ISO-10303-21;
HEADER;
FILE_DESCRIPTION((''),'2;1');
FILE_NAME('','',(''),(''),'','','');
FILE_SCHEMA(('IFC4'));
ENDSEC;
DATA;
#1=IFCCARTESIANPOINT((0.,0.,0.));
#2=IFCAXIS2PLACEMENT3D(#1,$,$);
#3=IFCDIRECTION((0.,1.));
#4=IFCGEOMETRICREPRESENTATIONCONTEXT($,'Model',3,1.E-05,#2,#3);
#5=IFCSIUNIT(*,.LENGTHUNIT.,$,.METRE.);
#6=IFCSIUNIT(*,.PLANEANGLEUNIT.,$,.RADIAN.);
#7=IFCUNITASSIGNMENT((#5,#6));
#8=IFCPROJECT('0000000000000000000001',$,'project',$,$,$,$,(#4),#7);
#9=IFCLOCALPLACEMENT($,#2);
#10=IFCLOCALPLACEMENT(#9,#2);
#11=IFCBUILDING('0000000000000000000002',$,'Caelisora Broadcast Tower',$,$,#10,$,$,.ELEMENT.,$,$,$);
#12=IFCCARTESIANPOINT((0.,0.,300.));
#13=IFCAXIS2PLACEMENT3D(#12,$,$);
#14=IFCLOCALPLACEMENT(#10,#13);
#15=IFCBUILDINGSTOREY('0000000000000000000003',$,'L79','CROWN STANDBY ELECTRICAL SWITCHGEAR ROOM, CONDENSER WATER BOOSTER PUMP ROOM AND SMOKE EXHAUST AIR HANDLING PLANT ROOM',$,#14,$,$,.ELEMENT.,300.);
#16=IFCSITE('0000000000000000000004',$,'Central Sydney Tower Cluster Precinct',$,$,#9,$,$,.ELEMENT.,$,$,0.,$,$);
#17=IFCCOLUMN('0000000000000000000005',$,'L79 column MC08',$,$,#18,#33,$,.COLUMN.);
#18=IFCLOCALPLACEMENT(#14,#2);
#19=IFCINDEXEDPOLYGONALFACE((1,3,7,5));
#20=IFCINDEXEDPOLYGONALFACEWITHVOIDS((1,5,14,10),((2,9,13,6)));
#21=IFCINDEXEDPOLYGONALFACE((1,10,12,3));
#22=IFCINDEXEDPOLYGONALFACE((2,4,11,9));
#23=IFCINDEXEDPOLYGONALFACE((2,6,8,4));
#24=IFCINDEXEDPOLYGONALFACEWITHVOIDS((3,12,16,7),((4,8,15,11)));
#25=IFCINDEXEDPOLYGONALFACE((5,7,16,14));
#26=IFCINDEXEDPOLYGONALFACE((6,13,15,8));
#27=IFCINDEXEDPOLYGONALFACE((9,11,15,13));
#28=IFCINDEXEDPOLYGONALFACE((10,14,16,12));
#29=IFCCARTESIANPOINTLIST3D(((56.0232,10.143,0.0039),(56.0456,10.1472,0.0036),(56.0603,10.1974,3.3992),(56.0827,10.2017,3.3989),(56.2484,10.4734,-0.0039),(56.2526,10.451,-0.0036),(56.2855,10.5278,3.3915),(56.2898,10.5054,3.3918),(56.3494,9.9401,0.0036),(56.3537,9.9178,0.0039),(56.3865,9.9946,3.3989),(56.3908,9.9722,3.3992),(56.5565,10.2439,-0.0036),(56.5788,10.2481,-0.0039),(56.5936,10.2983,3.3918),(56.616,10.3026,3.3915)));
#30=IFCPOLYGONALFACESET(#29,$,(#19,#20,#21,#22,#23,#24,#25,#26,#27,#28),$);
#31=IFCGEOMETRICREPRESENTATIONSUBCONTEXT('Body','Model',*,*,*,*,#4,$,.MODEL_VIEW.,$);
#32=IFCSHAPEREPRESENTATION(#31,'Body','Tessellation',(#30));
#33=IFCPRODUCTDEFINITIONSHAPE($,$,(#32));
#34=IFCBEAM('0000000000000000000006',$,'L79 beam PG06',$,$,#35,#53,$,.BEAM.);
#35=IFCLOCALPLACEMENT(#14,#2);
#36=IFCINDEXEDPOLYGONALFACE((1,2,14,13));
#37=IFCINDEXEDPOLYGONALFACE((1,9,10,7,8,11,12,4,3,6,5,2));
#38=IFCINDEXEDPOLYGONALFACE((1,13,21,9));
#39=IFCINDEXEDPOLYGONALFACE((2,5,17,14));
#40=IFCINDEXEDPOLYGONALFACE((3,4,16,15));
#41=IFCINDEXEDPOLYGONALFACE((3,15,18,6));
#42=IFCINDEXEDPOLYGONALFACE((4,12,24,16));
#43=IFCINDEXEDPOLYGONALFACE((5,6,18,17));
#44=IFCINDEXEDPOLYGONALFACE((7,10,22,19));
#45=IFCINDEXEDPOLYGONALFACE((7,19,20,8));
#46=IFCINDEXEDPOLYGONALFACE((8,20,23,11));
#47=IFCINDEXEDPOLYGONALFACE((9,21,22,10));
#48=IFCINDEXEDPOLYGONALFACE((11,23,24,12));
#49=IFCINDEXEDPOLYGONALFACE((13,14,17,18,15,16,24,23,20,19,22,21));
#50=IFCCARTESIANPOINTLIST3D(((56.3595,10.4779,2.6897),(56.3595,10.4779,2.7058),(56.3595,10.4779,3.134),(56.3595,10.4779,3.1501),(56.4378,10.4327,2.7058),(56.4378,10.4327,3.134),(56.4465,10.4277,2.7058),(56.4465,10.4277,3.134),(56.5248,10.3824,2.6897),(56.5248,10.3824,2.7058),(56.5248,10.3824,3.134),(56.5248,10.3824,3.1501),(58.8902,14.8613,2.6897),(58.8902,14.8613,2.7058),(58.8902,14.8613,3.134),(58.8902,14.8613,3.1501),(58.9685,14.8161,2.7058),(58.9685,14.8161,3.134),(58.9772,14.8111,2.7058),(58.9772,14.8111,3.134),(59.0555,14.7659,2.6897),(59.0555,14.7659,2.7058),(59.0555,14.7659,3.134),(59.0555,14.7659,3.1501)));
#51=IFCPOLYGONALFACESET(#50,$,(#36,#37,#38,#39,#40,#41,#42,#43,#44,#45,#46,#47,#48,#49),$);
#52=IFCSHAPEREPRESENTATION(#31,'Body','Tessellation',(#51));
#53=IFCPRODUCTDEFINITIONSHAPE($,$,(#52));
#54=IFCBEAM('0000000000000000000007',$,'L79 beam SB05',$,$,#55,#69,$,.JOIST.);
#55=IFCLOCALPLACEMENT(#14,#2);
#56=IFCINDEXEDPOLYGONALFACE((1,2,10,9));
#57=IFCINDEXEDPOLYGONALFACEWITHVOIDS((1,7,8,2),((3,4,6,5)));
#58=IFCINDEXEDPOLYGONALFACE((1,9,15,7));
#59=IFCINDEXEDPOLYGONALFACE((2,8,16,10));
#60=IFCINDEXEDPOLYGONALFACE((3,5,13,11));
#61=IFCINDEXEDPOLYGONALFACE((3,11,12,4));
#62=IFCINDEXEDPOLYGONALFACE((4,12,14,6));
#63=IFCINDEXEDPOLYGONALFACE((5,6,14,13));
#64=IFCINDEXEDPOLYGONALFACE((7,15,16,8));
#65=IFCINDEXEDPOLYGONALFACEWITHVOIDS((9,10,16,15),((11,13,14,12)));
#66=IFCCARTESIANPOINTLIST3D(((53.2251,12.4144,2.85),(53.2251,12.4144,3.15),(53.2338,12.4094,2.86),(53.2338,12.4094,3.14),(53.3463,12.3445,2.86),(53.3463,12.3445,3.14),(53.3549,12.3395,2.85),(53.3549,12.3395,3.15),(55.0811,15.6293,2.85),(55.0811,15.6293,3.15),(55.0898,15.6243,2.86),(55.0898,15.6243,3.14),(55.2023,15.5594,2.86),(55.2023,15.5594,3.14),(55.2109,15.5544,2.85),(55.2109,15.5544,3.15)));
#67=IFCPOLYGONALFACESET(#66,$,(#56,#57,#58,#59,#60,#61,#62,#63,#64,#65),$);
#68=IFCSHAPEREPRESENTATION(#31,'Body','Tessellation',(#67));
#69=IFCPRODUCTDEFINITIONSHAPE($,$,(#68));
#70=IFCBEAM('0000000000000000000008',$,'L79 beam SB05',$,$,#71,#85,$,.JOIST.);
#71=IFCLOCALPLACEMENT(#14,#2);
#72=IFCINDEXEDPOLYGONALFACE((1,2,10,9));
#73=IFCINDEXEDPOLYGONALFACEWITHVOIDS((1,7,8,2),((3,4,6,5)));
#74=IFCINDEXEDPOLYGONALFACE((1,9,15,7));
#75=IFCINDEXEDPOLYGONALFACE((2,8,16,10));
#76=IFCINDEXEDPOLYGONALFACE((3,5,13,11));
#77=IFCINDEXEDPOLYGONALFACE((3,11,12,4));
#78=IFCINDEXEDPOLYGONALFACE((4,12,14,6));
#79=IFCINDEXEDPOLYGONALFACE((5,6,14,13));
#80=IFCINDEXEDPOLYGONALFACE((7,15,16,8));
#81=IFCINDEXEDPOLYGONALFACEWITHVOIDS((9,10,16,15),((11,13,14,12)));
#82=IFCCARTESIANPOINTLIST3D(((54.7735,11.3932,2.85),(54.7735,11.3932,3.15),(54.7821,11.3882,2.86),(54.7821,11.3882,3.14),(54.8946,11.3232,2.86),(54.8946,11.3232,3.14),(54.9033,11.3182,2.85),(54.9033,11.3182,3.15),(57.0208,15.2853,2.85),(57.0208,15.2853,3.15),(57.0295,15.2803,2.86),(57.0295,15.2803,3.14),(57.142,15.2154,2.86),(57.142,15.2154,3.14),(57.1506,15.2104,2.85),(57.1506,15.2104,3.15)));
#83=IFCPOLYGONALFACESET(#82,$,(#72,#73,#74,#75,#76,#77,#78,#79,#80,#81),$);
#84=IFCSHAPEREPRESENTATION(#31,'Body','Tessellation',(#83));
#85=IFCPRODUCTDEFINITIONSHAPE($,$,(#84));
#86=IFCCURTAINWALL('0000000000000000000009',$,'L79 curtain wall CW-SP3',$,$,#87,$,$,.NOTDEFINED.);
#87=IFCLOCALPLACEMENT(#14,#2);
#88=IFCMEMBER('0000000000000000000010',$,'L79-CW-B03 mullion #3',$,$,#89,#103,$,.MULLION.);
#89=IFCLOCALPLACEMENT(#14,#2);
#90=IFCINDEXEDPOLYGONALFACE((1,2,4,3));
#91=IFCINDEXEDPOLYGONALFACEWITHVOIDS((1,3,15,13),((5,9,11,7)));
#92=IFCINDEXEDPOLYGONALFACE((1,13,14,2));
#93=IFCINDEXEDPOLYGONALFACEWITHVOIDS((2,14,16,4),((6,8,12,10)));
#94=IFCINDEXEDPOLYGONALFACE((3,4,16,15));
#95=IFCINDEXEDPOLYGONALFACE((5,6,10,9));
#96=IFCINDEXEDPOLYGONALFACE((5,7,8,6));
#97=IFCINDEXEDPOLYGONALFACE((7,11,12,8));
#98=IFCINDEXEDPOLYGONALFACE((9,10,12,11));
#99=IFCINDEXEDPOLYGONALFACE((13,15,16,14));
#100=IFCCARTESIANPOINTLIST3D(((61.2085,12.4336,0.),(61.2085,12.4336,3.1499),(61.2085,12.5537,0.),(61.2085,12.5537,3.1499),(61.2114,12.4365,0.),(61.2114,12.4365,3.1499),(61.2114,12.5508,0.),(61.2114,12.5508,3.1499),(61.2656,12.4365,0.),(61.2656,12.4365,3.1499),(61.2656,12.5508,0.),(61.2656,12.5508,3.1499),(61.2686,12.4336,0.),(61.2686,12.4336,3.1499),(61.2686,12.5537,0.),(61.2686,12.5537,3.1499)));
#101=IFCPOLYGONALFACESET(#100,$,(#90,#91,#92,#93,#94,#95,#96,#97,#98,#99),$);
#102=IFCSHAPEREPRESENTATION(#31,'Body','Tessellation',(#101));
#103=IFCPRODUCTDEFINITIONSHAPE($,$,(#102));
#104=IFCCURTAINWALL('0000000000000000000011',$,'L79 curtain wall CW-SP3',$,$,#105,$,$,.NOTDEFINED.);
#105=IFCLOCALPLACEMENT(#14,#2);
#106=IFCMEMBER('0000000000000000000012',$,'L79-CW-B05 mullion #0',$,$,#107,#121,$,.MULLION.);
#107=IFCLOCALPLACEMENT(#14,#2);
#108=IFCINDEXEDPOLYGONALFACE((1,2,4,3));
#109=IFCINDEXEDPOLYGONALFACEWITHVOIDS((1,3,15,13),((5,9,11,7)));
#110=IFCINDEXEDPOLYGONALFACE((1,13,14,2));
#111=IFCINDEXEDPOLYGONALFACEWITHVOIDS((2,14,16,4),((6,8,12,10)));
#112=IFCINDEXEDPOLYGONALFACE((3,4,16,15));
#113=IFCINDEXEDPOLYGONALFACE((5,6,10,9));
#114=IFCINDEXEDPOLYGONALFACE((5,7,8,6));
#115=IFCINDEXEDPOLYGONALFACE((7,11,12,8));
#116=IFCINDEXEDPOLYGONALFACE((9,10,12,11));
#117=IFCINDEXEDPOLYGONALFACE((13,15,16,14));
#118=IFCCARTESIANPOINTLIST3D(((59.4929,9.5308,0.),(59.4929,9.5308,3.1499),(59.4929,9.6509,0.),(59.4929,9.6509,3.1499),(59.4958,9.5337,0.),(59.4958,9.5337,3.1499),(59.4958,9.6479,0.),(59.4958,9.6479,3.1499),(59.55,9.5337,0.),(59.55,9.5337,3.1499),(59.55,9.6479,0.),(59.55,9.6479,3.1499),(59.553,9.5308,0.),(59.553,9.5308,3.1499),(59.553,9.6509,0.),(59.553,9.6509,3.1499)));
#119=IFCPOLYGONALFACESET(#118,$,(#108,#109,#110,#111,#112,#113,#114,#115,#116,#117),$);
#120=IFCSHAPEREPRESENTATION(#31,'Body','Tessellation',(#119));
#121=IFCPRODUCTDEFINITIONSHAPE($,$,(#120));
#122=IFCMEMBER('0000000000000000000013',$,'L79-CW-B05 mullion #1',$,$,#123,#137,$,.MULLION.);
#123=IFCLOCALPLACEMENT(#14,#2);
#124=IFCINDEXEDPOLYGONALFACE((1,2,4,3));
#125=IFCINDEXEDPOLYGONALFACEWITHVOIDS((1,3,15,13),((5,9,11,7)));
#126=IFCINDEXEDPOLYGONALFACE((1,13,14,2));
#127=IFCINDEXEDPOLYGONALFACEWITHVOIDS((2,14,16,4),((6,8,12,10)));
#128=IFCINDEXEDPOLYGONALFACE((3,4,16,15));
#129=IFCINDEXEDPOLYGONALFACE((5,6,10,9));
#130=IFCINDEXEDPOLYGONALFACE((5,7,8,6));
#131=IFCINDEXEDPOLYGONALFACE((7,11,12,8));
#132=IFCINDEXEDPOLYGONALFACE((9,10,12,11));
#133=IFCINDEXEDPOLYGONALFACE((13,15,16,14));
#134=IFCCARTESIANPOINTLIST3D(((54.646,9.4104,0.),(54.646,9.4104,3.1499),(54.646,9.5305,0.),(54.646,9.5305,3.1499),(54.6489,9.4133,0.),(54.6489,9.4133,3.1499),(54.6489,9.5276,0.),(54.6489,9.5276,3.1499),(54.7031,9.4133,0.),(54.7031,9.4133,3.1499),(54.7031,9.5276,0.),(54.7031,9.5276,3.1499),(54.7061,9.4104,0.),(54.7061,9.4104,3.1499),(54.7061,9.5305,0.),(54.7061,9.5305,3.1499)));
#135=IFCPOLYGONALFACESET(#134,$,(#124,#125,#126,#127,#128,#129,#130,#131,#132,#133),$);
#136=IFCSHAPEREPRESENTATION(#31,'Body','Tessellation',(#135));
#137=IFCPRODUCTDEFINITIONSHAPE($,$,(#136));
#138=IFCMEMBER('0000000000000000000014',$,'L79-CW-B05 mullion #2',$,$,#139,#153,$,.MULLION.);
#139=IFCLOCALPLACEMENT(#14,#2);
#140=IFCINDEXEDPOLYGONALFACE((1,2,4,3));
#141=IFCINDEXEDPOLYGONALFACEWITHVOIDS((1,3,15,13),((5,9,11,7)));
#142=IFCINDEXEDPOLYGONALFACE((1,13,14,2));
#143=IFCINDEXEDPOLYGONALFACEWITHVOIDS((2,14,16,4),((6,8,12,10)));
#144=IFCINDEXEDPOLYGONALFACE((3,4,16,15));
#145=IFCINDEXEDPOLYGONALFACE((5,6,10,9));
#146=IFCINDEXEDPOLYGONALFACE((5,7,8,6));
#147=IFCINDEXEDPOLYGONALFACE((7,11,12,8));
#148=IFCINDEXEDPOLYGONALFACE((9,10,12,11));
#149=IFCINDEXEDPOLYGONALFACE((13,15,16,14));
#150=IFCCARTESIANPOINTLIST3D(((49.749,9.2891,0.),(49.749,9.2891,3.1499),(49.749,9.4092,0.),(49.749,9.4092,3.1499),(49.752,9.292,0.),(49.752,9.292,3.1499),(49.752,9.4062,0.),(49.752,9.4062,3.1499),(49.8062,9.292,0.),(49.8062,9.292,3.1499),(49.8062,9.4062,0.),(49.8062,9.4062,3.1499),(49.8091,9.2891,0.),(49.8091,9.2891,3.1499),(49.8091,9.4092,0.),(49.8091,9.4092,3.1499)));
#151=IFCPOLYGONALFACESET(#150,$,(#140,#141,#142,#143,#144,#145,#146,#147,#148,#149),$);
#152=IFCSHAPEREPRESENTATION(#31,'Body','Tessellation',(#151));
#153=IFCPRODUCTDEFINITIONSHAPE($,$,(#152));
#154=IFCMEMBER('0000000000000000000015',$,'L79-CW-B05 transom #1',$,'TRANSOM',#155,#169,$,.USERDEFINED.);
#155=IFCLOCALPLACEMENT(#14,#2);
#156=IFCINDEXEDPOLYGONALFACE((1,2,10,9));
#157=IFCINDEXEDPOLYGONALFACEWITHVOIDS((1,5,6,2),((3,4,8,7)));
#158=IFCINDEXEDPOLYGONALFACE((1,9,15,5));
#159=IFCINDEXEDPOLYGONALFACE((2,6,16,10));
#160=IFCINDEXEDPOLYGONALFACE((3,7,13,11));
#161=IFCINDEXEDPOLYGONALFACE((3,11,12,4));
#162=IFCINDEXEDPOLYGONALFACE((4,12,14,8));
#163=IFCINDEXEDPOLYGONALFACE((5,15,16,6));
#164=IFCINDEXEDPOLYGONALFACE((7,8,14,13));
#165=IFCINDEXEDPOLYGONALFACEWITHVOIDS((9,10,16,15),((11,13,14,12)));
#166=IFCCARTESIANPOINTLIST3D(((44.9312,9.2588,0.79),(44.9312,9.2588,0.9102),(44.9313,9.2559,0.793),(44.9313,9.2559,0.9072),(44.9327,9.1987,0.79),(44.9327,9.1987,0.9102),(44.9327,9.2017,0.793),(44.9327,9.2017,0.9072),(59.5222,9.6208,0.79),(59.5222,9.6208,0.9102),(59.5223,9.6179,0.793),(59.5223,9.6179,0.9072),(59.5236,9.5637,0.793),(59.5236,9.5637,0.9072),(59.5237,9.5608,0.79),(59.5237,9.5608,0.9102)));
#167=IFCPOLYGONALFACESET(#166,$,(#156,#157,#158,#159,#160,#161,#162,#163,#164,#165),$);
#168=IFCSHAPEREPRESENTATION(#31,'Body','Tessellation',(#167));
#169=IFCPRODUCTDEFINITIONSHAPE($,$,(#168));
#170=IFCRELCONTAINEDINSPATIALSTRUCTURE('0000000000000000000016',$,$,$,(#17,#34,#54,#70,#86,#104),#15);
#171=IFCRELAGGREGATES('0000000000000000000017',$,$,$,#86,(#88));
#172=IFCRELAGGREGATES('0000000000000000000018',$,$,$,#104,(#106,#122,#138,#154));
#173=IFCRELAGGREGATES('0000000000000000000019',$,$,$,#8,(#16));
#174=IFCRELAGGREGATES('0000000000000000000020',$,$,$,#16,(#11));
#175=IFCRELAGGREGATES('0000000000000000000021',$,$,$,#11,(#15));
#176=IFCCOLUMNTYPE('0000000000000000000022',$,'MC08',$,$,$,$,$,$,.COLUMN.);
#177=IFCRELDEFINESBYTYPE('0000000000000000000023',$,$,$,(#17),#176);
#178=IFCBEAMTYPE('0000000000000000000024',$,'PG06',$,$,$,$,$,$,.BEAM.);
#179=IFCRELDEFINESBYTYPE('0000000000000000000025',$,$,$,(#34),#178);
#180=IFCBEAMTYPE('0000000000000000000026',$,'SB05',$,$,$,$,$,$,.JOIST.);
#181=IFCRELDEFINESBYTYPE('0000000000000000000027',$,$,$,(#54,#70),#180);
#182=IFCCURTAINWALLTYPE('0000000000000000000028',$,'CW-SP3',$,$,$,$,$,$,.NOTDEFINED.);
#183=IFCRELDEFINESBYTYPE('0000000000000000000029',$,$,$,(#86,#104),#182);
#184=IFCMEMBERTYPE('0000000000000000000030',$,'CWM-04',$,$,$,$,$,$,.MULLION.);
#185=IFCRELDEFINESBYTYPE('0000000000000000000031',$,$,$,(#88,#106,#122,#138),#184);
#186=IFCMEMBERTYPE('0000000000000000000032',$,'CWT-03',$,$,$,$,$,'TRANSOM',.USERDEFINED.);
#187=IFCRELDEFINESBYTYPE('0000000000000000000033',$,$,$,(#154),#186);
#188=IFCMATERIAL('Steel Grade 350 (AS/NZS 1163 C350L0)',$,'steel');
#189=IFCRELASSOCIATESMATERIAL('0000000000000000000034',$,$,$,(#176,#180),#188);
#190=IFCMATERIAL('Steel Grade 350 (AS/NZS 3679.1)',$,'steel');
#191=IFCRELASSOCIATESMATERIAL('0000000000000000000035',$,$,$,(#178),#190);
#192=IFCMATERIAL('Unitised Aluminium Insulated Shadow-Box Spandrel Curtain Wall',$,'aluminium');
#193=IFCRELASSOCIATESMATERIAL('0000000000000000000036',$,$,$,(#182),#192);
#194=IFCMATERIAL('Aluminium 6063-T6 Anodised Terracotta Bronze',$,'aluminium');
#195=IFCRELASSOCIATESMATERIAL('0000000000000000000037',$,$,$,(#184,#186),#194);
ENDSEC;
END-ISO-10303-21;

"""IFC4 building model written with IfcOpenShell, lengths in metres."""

from ifc_helpers import new_model, si_unit, direction, frame, origin, origin_2d, place, context, subcontext, project, spatial, hollow_rectangle, i_section, extrude, source, transform, mapped, material, material_profile, profile_set, type_object, type_shapes, element, aggregate, save


model = new_model("IFC4")

# Units and contexts
model_context = context("Model", 3, precision=1e-05, world=origin(), true_north=direction((0.0, 1.0)))
body_context = subcontext(model_context, "Body", "Model", "MODEL_VIEW")
ifc_project = project(units=[si_unit("LENGTHUNIT", "METRE"), si_unit("PLANEANGLEUNIT", "RADIAN")], contexts=[model_context])

# Site, building, storey
site_placement = place(None, origin())
site = spatial("IfcSite", under=ifc_project, at=site_placement, Name="Central Sydney Tower Cluster Precinct", CompositionType="ELEMENT", RefElevation=0.0)
building_placement = place(site_placement, origin())
building = spatial("IfcBuilding", under=site, at=building_placement, Name="Caelisora Broadcast Tower", CompositionType="ELEMENT")
storey_placement = place(building_placement, frame((0.0, 0.0, 300.0)))
storey = spatial("IfcBuildingStorey", under=building, at=storey_placement, Name="L79", Description="CROWN STANDBY ELECTRICAL SWITCHGEAR ROOM, CONDENSER WATER BOOSTER PUMP ROOM AND SMOKE EXHAUST AIR HANDLING PLANT ROOM", CompositionType="ELEMENT", Elevation=300.0)

# Column
ifc_material_1 = material(Name="Steel Grade 350 (AS/NZS 1163 C350L0)", Category="steel")
ifc_material_profile_1 = material_profile(ifc_material_1, hollow_rectangle(XDim=0.3999, YDim=0.3999, WallThickness=0.0161, at=origin_2d()), Name="Steel Grade 350 (AS/NZS 1163 C350L0)")
ifc_profile_set_1 = profile_set([ifc_material_profile_1], Name="Steel Grade 350 (AS/NZS 1163 C350L0)")
column_type = type_object("IfcColumnType", Name="MC08", PredefinedType="COLUMN", material=ifc_profile_set_1)
shared_shape_1 = source(origin(), body_context, "Body", "SweptSolid", [
    extrude(hollow_rectangle(XDim=0.3999, YDim=0.3999, WallThickness=0.0161, at=origin_2d()), origin(), (0.0, 0.0, 1.0), 3.396),
])
type_shapes(column_type, [shared_shape_1])
column_placement = place(storey_placement, frame((56.301, 10.1956, 0.0), z_axis=(0.010928, 0.016032, 0.999812), x_axis=(-0.826306, 0.563222, 0.0)))
element("IfcColumn", 1, at=column_placement, inside=storey, type_object=column_type, Name="L79 column MC08", PredefinedType="COLUMN", context=body_context, shape_type="MappedRepresentation", body=[
    mapped(shared_shape_1, transform((0.0, 0.0, 0.0), scale=1.0)),
])

# Beams
ifc_material_2 = material(Name="Steel Grade 350 (AS/NZS 3679.1)", Category="steel")
ifc_material_profile_2 = material_profile(ifc_material_2, i_section(OverallWidth=0.1909, OverallDepth=0.4604, WebThickness=0.01, FlangeThickness=0.0161, at=origin_2d()), Name="Steel Grade 350 (AS/NZS 3679.1)")
ifc_profile_set_2 = profile_set([ifc_material_profile_2], Name="Steel Grade 350 (AS/NZS 3679.1)")
beam_type_1 = type_object("IfcBeamType", Name="PG06", PredefinedType="BEAM", material=ifc_profile_set_2)
shared_shape_2 = source(origin(), body_context, "Body", "SweptSolid", [
    extrude(i_section(OverallWidth=0.1909, OverallDepth=0.4604, WebThickness=0.01, FlangeThickness=0.0161, at=origin_2d()), origin(), (0.0, 0.0, 1.0), 5.0615),
])
type_shapes(beam_type_1, [shared_shape_2])
beam_1_placement = place(storey_placement, frame((56.4421, 10.4302, 2.9199), z_axis=(0.499988, 0.866032, 0.0), x_axis=(-0.866032, 0.499988, 0.0)))
element("IfcBeam", 2, at=beam_1_placement, inside=storey, type_object=beam_type_1, Name="L79 beam PG06", PredefinedType="BEAM", context=body_context, shape_type="MappedRepresentation", body=[
    mapped(shared_shape_2, transform((0.0, 0.0, 0.0), scale=1.0)),
])
ifc_material_profile_3 = material_profile(ifc_material_1, hollow_rectangle(XDim=0.1499, YDim=0.3, WallThickness=0.01, at=origin_2d()), Name="Steel Grade 350 (AS/NZS 1163 C350L0)")
ifc_profile_set_3 = profile_set([ifc_material_profile_3], Name="Steel Grade 350 (AS/NZS 1163 C350L0)")
beam_type_2 = type_object("IfcBeamType", Name="SB05", PredefinedType="JOIST", material=ifc_profile_set_3)
shared_shape_3 = source(origin(), body_context, "Body", "SweptSolid", [
    extrude(hollow_rectangle(XDim=0.1499, YDim=0.3, WallThickness=0.01, at=origin_2d()), origin(), (0.0, 0.0, 1.0), 3.7122),
])
beam_2_placement = place(storey_placement, frame((53.29, 12.377, 3.0), z_axis=(0.499973, 0.866041, 0.0), x_axis=(-0.866041, 0.499973, 0.0)))
element("IfcBeam", 3, at=beam_2_placement, inside=storey, type_object=beam_type_2, Name="L79 beam SB05", PredefinedType="JOIST", context=body_context, shape_type="MappedRepresentation", body=[
    mapped(shared_shape_3, transform((0.0, 0.0, 0.0), scale=1.0)),
])
shared_shape_4 = source(origin(), body_context, "Body", "SweptSolid", [
    extrude(hollow_rectangle(XDim=0.1499, YDim=0.3, WallThickness=0.01, at=origin_2d()), origin(), (0.0, 0.0, 1.0), 4.4944),
])
type_shapes(beam_type_2, [shared_shape_3, shared_shape_4])
beam_3_placement = place(storey_placement, frame((54.8384, 11.3557, 3.0), z_axis=(0.500036, 0.866005, 0.0), x_axis=(-0.866005, 0.500036, 0.0)))
element("IfcBeam", 4, at=beam_3_placement, inside=storey, type_object=beam_type_2, Name="L79 beam SB05", PredefinedType="JOIST", context=body_context, shape_type="MappedRepresentation", body=[
    mapped(shared_shape_4, transform((0.0, 0.0, 0.0), scale=1.0)),
])

# Curtain wall, member
ifc_material_3 = material(Name="Unitised Aluminium Insulated Shadow-Box Spandrel Curtain Wall", Category="aluminium")
curtain_wall_type = type_object("IfcCurtainWallType", Name="CW-SP3", PredefinedType="NOTDEFINED", material=ifc_material_3)
curtain_wall_1_placement = place(storey_placement, origin())
curtain_wall_1 = element("IfcCurtainWall", 5, at=curtain_wall_1_placement, inside=storey, type_object=curtain_wall_type, Name="L79 curtain wall CW-SP3", PredefinedType="NOTDEFINED")
ifc_material_4 = material(Name="Aluminium 6063-T6 Anodised Terracotta Bronze", Category="aluminium")
ifc_material_profile_4 = material_profile(ifc_material_4, hollow_rectangle(XDim=0.0601, YDim=0.1201, WallThickness=0.0029, at=origin_2d()), Name="Aluminium 6063-T6 Anodised Terracotta Bronze")
ifc_profile_set_4 = profile_set([ifc_material_profile_4], Name="Aluminium 6063-T6 Anodised Terracotta Bronze")
member_type_1 = type_object("IfcMemberType", Name="CWM-04", PredefinedType="MULLION", material=ifc_profile_set_4)
shared_shape_5 = source(origin(), body_context, "Body", "SweptSolid", [
    extrude(hollow_rectangle(XDim=0.0601, YDim=0.1201, WallThickness=0.0029, at=origin_2d()), origin(), (0.0, 0.0, 1.0), 3.1499),
])
type_shapes(member_type_1, [shared_shape_5])
member_1_placement = place(storey_placement, frame((61.2385, 12.4937, 0.0), z_axis=(0.0, 0.0, 1.0), x_axis=(1.0, 0.0, 0.0)))
member_1 = element("IfcMember", 6, at=member_1_placement, type_object=member_type_1, Name="L79-CW-B03 mullion #3", PredefinedType="MULLION", context=body_context, shape_type="MappedRepresentation", body=[
    mapped(shared_shape_5, transform((0.0, 0.0, 0.0), scale=1.0)),
])
aggregate(curtain_wall_1, [member_1])

# Curtain wall, members
curtain_wall_2_placement = place(storey_placement, origin())
curtain_wall_2 = element("IfcCurtainWall", 7, at=curtain_wall_2_placement, inside=storey, type_object=curtain_wall_type, Name="L79 curtain wall CW-SP3", PredefinedType="NOTDEFINED")
member_2_placement = place(storey_placement, frame((59.5229, 9.5908, 0.0), z_axis=(0.0, 0.0, 1.0), x_axis=(1.0, 0.0, 0.0)))
member_2 = element("IfcMember", 8, at=member_2_placement, type_object=member_type_1, Name="L79-CW-B05 mullion #0", PredefinedType="MULLION", context=body_context, shape_type="MappedRepresentation", body=[
    mapped(shared_shape_5, transform((0.0, 0.0, 0.0), scale=1.0)),
])
member_3_placement = place(storey_placement, frame((54.676, 9.4705, 0.0), z_axis=(0.0, 0.0, 1.0), x_axis=(1.0, 0.0, 0.0)))
member_3 = element("IfcMember", 9, at=member_3_placement, type_object=member_type_1, Name="L79-CW-B05 mullion #1", PredefinedType="MULLION", context=body_context, shape_type="MappedRepresentation", body=[
    mapped(shared_shape_5, transform((0.0, 0.0, 0.0), scale=1.0)),
])
member_4_placement = place(storey_placement, frame((49.7791, 9.3491, 0.0), z_axis=(0.0, 0.0, 1.0), x_axis=(1.0, 0.0, 0.0)))
member_4 = element("IfcMember", 10, at=member_4_placement, type_object=member_type_1, Name="L79-CW-B05 mullion #2", PredefinedType="MULLION", context=body_context, shape_type="MappedRepresentation", body=[
    mapped(shared_shape_5, transform((0.0, 0.0, 0.0), scale=1.0)),
])
ifc_material_profile_5 = material_profile(ifc_material_4, hollow_rectangle(XDim=0.0601, YDim=0.1201, WallThickness=0.0029, at=origin_2d()), Name="Aluminium 6063-T6 Anodised Terracotta Bronze")
ifc_profile_set_5 = profile_set([ifc_material_profile_5], Name="Aluminium 6063-T6 Anodised Terracotta Bronze")
member_type_2 = type_object("IfcMemberType", Name="CWT-03", ElementType="TRANSOM", PredefinedType="USERDEFINED", material=ifc_profile_set_5)
shared_shape_6 = source(origin(), body_context, "Body", "SweptSolid", [
    extrude(hollow_rectangle(XDim=0.0601, YDim=0.1201, WallThickness=0.0029, at=origin_2d()), origin(), (0.0, 0.0, 1.0), 14.5955),
])
type_shapes(member_type_2, [shared_shape_6])
member_5_placement = place(storey_placement, frame((59.5229, 9.5908, 0.8501), z_axis=(-0.999692, -0.024806, 0.0), x_axis=(0.024806, -0.999692, 0.0)))
member_5 = element("IfcMember", 11, at=member_5_placement, type_object=member_type_2, Name="L79-CW-B05 transom #1", ObjectType="TRANSOM", PredefinedType="USERDEFINED", context=body_context, shape_type="MappedRepresentation", body=[
    mapped(shared_shape_6, transform((0.0, 0.0, 0.0), scale=1.0)),
])

aggregate(curtain_wall_2, [member_2, member_3, member_4, member_5])

save(model, "model.ifc")
